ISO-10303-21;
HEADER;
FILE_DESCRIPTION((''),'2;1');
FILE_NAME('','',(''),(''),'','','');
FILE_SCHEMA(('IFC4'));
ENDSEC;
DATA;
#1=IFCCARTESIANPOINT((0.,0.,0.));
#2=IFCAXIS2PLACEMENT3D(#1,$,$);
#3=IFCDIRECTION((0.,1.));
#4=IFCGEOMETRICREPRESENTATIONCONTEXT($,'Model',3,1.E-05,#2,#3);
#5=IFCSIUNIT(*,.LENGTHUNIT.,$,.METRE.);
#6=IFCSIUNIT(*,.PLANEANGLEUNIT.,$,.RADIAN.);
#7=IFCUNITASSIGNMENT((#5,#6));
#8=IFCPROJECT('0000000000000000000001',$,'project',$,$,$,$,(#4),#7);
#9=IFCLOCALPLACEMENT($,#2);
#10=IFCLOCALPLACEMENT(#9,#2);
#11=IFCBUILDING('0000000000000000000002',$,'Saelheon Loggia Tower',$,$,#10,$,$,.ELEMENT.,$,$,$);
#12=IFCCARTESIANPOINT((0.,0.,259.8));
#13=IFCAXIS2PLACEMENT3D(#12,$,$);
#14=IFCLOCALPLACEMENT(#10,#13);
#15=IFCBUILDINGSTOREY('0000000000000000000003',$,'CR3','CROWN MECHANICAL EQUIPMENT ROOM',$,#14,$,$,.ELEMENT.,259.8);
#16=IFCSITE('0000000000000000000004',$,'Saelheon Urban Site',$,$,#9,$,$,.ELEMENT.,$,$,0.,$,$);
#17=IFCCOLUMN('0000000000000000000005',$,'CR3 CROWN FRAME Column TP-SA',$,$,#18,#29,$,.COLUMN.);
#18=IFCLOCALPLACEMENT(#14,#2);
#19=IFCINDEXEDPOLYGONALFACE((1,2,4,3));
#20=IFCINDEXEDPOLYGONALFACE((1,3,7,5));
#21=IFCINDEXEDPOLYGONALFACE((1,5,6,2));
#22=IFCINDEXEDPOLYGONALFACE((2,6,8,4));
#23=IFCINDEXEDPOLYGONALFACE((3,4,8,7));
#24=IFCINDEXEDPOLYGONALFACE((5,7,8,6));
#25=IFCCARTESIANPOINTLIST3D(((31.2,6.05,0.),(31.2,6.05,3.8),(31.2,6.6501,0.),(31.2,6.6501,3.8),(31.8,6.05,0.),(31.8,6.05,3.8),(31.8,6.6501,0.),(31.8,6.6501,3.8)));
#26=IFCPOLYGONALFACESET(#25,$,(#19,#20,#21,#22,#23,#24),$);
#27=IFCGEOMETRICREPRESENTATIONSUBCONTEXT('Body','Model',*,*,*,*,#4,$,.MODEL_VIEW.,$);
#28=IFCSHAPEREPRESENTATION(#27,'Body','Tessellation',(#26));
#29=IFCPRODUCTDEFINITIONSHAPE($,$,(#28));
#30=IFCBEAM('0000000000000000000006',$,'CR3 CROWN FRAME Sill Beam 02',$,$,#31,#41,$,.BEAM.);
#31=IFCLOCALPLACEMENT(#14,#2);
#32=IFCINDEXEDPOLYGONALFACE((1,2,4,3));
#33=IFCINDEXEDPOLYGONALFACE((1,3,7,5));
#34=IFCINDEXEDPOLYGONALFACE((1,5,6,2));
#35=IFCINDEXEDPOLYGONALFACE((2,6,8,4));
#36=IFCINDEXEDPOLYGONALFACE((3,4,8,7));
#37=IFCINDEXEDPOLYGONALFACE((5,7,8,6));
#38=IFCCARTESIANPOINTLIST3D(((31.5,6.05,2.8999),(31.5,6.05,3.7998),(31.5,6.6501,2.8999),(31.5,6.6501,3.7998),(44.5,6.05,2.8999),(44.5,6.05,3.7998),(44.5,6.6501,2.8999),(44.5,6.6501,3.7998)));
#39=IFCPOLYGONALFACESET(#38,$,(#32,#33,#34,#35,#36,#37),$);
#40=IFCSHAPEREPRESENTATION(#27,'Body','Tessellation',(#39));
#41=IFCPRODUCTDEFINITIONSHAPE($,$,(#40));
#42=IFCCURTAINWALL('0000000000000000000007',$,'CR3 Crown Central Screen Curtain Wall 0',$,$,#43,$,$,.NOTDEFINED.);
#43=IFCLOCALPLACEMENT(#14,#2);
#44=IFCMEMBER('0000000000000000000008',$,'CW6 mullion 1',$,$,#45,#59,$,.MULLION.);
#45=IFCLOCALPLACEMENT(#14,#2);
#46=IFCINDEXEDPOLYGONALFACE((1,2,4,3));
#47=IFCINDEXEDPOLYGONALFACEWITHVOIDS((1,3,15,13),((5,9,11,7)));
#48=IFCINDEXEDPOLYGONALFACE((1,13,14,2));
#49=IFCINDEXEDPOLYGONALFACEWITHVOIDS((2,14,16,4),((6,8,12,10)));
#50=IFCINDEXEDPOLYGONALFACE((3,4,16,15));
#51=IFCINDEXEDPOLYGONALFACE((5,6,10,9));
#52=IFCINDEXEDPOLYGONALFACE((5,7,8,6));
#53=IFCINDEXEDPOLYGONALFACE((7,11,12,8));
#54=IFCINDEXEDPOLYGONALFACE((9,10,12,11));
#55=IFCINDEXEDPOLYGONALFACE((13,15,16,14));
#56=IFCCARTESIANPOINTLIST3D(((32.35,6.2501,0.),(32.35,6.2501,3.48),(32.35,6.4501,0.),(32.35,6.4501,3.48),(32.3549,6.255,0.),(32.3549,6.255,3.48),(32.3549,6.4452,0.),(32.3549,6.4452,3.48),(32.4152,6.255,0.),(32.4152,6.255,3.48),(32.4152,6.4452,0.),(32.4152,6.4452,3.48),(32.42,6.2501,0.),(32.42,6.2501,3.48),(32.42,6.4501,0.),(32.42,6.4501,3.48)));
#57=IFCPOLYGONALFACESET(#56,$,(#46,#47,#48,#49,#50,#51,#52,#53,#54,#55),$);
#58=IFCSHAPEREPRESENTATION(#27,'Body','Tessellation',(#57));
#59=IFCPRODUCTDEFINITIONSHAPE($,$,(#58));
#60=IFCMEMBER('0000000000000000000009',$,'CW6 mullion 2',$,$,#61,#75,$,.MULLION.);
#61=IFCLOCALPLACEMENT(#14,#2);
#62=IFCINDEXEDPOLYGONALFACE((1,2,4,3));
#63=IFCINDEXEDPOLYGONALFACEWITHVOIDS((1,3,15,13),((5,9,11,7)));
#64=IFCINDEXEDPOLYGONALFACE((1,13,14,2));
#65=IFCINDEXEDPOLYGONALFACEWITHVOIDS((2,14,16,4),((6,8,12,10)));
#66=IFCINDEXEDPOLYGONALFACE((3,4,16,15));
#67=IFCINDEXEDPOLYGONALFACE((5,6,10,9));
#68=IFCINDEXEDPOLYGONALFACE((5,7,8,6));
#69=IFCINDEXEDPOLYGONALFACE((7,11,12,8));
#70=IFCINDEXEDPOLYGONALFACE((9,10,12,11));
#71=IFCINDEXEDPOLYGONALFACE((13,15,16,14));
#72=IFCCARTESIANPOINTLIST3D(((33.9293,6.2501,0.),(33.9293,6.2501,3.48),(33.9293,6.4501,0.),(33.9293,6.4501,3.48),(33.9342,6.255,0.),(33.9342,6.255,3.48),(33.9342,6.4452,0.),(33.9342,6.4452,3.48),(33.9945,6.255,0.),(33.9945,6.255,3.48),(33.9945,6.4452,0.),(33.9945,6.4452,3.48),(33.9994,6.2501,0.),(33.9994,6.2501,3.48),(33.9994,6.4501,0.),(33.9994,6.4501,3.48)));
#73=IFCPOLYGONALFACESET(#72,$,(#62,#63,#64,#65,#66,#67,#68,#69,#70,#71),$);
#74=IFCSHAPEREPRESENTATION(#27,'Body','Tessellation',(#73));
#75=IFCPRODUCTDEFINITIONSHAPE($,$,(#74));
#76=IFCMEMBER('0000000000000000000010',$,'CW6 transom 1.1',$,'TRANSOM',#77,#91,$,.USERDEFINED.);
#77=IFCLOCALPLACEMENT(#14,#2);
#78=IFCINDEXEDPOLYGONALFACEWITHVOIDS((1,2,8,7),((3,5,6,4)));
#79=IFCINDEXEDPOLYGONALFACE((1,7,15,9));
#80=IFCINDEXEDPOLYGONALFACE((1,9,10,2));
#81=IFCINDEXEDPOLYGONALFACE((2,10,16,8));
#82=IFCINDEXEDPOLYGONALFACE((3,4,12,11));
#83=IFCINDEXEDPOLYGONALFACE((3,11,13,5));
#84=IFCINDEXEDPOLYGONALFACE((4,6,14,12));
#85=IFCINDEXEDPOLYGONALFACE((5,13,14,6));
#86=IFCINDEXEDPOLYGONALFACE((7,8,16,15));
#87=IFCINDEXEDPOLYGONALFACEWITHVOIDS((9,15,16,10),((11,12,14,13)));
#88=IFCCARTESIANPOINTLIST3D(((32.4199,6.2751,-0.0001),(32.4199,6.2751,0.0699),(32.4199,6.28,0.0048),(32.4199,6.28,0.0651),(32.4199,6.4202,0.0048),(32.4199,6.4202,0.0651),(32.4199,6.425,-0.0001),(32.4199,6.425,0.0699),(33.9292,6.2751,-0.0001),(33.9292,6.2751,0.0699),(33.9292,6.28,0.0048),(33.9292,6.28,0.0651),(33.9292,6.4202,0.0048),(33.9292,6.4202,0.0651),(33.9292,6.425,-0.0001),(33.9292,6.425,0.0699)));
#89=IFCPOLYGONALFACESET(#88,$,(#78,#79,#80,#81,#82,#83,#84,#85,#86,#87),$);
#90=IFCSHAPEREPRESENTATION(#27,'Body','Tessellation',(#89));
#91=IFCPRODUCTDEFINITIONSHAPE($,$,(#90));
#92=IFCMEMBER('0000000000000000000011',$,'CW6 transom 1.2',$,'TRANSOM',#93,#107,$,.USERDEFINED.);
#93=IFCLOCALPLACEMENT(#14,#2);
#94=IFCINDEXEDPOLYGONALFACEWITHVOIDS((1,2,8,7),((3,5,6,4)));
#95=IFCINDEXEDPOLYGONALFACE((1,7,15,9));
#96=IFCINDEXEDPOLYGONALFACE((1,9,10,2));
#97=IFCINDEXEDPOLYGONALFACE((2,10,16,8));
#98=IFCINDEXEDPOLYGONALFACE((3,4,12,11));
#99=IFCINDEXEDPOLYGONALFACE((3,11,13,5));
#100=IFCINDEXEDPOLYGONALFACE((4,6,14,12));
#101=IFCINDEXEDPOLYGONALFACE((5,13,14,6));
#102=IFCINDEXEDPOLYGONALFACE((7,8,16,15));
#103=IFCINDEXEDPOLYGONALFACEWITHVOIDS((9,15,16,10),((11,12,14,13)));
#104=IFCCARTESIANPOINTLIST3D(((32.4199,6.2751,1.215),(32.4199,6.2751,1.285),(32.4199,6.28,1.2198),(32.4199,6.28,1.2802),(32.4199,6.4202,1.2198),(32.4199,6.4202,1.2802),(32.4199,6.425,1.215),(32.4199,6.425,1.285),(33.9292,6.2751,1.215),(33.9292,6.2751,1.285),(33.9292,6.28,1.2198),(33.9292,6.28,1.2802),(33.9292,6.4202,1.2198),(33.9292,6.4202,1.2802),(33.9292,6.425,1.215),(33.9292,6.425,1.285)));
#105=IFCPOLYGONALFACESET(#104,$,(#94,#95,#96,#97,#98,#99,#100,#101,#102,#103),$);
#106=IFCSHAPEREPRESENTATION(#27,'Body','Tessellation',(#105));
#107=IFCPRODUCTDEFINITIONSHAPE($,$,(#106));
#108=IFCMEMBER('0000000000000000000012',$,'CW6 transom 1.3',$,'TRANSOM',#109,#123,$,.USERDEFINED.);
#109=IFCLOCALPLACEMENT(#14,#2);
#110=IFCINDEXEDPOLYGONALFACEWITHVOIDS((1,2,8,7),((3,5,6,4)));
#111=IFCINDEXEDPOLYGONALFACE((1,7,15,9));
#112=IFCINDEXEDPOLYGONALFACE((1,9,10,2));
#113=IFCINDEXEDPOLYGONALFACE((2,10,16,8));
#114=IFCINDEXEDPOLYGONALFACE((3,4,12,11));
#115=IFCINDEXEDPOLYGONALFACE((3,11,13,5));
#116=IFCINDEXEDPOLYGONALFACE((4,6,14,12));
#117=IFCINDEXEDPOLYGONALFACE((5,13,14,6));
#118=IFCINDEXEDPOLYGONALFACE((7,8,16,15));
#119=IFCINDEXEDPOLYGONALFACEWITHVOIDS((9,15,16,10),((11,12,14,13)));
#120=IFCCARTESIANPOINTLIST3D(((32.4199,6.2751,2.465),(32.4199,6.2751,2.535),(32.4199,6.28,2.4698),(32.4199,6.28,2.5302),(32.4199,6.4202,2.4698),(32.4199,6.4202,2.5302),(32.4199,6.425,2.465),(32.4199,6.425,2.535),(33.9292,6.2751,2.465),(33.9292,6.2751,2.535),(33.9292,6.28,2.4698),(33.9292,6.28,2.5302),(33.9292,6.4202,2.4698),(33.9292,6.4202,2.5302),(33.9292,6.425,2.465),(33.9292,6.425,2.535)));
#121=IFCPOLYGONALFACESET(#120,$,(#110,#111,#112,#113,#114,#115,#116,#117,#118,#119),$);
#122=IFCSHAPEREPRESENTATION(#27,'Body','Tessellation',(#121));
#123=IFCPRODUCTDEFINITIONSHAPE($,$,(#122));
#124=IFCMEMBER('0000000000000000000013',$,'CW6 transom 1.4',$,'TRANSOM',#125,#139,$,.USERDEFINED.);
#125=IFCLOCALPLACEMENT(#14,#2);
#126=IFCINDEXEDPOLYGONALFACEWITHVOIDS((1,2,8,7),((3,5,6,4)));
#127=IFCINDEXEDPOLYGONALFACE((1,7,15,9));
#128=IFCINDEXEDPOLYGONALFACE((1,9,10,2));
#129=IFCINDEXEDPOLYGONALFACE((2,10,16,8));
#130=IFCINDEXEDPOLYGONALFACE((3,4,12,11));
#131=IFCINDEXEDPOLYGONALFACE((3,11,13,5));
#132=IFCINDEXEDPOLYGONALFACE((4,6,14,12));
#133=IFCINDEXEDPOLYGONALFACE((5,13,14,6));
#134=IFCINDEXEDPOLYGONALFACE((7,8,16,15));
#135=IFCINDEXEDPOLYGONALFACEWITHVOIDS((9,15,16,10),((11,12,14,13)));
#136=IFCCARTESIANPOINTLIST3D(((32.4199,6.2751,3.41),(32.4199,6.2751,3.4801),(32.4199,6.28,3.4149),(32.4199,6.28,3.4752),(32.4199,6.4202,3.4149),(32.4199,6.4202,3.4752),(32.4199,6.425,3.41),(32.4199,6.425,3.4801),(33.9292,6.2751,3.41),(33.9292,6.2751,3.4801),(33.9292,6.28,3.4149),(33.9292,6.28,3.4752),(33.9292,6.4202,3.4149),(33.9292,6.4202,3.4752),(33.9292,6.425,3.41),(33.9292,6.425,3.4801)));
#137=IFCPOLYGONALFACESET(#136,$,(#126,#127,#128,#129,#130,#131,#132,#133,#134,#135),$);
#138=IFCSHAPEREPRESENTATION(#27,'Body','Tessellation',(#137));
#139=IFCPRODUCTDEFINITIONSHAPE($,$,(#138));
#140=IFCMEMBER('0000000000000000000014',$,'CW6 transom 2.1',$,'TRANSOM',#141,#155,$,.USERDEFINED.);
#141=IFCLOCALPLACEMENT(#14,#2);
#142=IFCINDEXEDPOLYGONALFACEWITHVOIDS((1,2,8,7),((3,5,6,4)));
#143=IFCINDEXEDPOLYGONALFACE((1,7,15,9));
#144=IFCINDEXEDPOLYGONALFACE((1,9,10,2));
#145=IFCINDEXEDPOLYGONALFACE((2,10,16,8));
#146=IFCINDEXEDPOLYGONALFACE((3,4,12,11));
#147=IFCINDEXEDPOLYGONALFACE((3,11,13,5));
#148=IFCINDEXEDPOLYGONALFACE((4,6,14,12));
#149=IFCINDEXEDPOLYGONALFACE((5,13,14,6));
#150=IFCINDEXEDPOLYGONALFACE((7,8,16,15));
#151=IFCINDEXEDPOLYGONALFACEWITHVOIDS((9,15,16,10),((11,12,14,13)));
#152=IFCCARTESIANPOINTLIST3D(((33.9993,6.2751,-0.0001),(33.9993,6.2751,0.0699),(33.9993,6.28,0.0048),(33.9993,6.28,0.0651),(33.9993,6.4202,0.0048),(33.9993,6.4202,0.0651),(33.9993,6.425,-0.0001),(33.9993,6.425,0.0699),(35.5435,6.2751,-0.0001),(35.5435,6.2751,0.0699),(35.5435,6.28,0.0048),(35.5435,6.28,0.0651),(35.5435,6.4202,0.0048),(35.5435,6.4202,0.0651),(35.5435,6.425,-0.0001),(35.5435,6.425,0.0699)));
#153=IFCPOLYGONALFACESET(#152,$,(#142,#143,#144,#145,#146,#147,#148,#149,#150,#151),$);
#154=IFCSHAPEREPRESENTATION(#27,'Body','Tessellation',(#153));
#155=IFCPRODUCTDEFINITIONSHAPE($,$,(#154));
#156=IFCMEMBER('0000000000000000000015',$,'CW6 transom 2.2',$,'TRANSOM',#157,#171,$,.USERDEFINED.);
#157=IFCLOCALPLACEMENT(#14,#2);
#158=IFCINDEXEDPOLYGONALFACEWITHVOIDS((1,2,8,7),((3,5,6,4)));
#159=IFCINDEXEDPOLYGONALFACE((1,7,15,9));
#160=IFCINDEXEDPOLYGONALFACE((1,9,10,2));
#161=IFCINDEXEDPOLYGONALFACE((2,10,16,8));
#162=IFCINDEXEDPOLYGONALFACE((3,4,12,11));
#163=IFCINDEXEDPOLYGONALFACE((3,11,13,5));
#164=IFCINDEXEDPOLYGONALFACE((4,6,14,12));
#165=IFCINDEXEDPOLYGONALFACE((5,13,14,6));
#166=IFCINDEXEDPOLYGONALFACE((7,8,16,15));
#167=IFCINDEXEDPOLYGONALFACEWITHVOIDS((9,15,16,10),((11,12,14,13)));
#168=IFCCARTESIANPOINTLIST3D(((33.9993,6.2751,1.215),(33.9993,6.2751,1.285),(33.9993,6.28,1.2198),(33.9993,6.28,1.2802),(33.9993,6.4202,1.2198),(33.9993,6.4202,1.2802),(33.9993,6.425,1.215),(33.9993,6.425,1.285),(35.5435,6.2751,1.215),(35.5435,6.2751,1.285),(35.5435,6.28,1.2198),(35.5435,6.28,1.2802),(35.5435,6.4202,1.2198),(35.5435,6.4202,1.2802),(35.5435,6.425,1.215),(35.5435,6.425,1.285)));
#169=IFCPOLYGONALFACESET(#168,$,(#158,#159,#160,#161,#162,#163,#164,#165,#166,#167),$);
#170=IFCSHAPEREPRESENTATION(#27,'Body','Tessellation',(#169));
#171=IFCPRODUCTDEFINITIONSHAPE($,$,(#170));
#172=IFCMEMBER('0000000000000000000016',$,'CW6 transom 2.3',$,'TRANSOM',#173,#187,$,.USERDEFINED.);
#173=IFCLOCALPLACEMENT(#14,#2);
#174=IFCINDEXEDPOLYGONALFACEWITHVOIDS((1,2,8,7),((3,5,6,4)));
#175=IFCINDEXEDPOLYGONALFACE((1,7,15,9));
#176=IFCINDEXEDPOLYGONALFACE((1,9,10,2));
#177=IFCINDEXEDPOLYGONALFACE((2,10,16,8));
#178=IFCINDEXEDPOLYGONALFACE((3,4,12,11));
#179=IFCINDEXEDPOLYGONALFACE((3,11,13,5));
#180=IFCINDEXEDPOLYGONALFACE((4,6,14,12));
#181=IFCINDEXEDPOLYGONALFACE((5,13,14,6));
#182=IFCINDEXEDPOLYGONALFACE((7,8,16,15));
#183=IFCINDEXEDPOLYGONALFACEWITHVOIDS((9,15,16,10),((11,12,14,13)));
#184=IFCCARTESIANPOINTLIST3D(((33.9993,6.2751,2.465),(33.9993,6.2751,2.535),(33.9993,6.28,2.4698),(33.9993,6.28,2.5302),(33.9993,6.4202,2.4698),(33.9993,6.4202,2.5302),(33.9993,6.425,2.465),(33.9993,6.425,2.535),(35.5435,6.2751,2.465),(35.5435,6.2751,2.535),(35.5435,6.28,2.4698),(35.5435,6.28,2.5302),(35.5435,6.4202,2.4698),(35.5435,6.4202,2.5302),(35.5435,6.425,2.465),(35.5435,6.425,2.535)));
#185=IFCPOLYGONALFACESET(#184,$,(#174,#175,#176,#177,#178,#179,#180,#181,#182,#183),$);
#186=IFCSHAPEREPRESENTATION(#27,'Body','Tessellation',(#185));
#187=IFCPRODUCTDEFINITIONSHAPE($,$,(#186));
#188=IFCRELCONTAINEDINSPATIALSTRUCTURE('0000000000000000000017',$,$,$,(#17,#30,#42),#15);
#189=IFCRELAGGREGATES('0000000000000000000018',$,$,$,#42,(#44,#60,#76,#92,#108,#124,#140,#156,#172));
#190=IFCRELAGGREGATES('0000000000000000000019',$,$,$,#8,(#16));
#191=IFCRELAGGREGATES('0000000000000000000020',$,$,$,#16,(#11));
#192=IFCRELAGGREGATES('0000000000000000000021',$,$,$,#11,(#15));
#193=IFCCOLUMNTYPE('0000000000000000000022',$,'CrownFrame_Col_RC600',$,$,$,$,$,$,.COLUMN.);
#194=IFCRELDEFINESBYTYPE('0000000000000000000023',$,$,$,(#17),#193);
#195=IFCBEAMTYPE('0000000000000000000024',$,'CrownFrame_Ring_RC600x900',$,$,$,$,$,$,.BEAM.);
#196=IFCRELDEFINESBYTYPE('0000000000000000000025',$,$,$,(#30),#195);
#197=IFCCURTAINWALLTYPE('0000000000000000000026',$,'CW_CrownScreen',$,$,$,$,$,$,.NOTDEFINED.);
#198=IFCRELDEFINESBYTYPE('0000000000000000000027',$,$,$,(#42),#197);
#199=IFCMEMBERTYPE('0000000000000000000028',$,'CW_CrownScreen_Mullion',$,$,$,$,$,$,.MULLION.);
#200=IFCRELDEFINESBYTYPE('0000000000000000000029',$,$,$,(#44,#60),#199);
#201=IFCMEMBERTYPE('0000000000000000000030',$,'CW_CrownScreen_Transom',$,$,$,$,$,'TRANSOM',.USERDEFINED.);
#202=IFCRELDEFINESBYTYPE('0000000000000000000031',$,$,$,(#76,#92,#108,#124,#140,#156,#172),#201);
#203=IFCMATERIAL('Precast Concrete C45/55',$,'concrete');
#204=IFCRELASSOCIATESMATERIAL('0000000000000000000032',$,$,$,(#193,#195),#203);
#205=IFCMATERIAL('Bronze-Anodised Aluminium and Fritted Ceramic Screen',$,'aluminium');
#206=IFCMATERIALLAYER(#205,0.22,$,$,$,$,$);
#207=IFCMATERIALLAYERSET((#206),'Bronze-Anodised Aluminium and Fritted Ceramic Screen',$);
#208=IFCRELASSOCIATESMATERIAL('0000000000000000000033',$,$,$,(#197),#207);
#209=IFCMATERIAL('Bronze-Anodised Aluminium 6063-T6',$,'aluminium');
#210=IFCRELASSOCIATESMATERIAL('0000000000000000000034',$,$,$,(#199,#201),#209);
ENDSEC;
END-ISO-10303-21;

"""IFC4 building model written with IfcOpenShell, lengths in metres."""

from ifc_helpers import new_model, si_unit, direction, frame, origin, origin_2d, place, context, subcontext, project, spatial, rectangle, hollow_rectangle, extrude, source, transform, mapped, material, layer, layer_set, material_profile, profile_set, type_object, element, aggregate, save


model = new_model("IFC4")

# Units and contexts
model_context = context("Model", 3, precision=1e-05, world=origin(), true_north=direction((0.0, 1.0)))
body_context = subcontext(model_context, "Body", "Model", "MODEL_VIEW")
ifc_project = project(units=[si_unit("LENGTHUNIT", "METRE"), si_unit("PLANEANGLEUNIT", "RADIAN")], contexts=[model_context])

# Site, building, storey
site_placement = place(None, origin())
site = spatial("IfcSite", under=ifc_project, at=site_placement, Name="Saelheon Urban Site", CompositionType="ELEMENT", RefElevation=0.0)
building_placement = place(site_placement, origin())
building = spatial("IfcBuilding", under=site, at=building_placement, Name="Saelheon Loggia Tower", CompositionType="ELEMENT")
storey_placement = place(building_placement, frame((0.0, 0.0, 259.8)))
storey = spatial("IfcBuildingStorey", under=building, at=storey_placement, Name="CR3", Description="CROWN MECHANICAL EQUIPMENT ROOM", CompositionType="ELEMENT", Elevation=259.8)

# Column
ifc_material_1 = material(Name="Precast Concrete C45/55", Category="concrete")
ifc_material_profile_1 = material_profile(ifc_material_1, rectangle(XDim=0.6001, YDim=0.6001, at=origin_2d()), Name="RC-600x600")
ifc_profile_set_1 = profile_set([ifc_material_profile_1], Name="Precast Concrete C45/55")
column_type = type_object("IfcColumnType", Name="CrownFrame_Col_RC600", PredefinedType="COLUMN", material=ifc_profile_set_1)
shared_shape_1 = source(origin(), body_context, "Body", "SweptSolid", [
    extrude(rectangle(XDim=0.6001, YDim=0.6001, at=origin_2d()), origin(), (0.0, 0.0, 1.0), 3.8),
])
column_placement = place(storey_placement, frame((31.5, 6.3501, 0.0), z_axis=(0.0, 0.0, 1.0), x_axis=(1.0, 0.0, 0.0)))
element("IfcColumn", 1, at=column_placement, inside=storey, type_object=column_type, Name="CR3 CROWN FRAME Column TP-SA", PredefinedType="COLUMN", context=body_context, shape_type="MappedRepresentation", body=[
    mapped(shared_shape_1, transform((0.0, 0.0, 0.0), scale=1.0)),
])

# Beam
ifc_material_profile_2 = material_profile(ifc_material_1, rectangle(XDim=0.6001, YDim=0.8999, at=origin_2d()), Name="RC-600x900")
ifc_profile_set_2 = profile_set([ifc_material_profile_2], Name="Precast Concrete C45/55")
beam_type = type_object("IfcBeamType", Name="CrownFrame_Ring_RC600x900", PredefinedType="BEAM", material=ifc_profile_set_2)
shared_shape_2 = source(origin(), body_context, "Body", "SweptSolid", [
    extrude(rectangle(XDim=0.6001, YDim=0.8999, at=origin_2d()), origin(), (0.0, 0.0, 1.0), 13.0),
])
beam_placement = place(storey_placement, frame((31.5, 6.3501, 3.3499), z_axis=(1.0, 0.0, 0.0), x_axis=(0.0, 1.0, 0.0)))
element("IfcBeam", 2, at=beam_placement, inside=storey, type_object=beam_type, Name="CR3 CROWN FRAME Sill Beam 02", PredefinedType="BEAM", context=body_context, shape_type="MappedRepresentation", body=[
    mapped(shared_shape_2, transform((0.0, 0.0, 0.0), scale=1.0)),
])

# Curtain wall, members
ifc_material_2 = material(Name="Bronze-Anodised Aluminium and Fritted Ceramic Screen", Category="aluminium")
ifc_layer_1 = layer(ifc_material_2, 0.22)
ifc_layer_set_1 = layer_set([ifc_layer_1], Name="Bronze-Anodised Aluminium and Fritted Ceramic Screen")
curtain_wall_type = type_object("IfcCurtainWallType", Name="CW_CrownScreen", PredefinedType="NOTDEFINED", material=ifc_layer_set_1)
curtain_wall_placement = place(storey_placement, origin())
curtain_wall = element("IfcCurtainWall", 3, at=curtain_wall_placement, inside=storey, type_object=curtain_wall_type, Name="CR3 Crown Central Screen Curtain Wall 0", PredefinedType="NOTDEFINED")
ifc_material_3 = material(Name="Bronze-Anodised Aluminium 6063-T6", Category="aluminium")
ifc_material_profile_3 = material_profile(ifc_material_3, hollow_rectangle(XDim=0.0701, YDim=0.2, WallThickness=0.0049, at=origin_2d()), Name="RHS-200x70x5")
ifc_profile_set_3 = profile_set([ifc_material_profile_3], Name="Bronze-Anodised Aluminium 6063-T6")
member_type_1 = type_object("IfcMemberType", Name="CW_CrownScreen_Mullion", PredefinedType="MULLION", material=ifc_profile_set_3)
shared_shape_3 = source(origin(), body_context, "Body", "SweptSolid", [
    extrude(hollow_rectangle(XDim=0.0701, YDim=0.2, WallThickness=0.0049, at=origin_2d()), origin(), (0.0, 0.0, 1.0), 3.48),
])
member_1_placement = place(storey_placement, frame((32.385, 6.3501, 0.0), z_axis=(0.0, 0.0, 1.0), x_axis=(1.0, 0.0, 0.0)))
member_1 = element("IfcMember", 4, at=member_1_placement, type_object=member_type_1, Name="CW6 mullion 1", PredefinedType="MULLION", context=body_context, shape_type="MappedRepresentation", body=[
    mapped(shared_shape_3, transform((0.0, 0.0, 0.0), scale=1.0)),
])
member_2_placement = place(storey_placement, frame((33.9644, 6.3501, 0.0), z_axis=(0.0, 0.0, 1.0), x_axis=(1.0, 0.0, 0.0)))
member_2 = element("IfcMember", 5, at=member_2_placement, type_object=member_type_1, Name="CW6 mullion 2", PredefinedType="MULLION", context=body_context, shape_type="MappedRepresentation", body=[
    mapped(shared_shape_3, transform((0.0, 0.0, 0.0), scale=1.0)),
])
ifc_material_profile_4 = material_profile(ifc_material_3, hollow_rectangle(XDim=0.0701, YDim=0.1499, WallThickness=0.0049, at=origin_2d()), Name="RHS-150x70x5")
ifc_profile_set_4 = profile_set([ifc_material_profile_4], Name="Bronze-Anodised Aluminium 6063-T6")
member_type_2 = type_object("IfcMemberType", Name="CW_CrownScreen_Transom", ElementType="TRANSOM", PredefinedType="USERDEFINED", material=ifc_profile_set_4)
shared_shape_4 = source(origin(), body_context, "Body", "SweptSolid", [
    extrude(hollow_rectangle(XDim=0.0701, YDim=0.1499, WallThickness=0.0049, at=origin_2d()), origin(), (0.0, 0.0, 1.0), 1.5093),
])
member_3_placement = place(storey_placement, frame((32.4199, 6.3501, 0.0349), z_axis=(1.0, 0.0, 0.0), x_axis=(0.0, 0.0, 1.0)))
member_3 = element("IfcMember", 6, at=member_3_placement, type_object=member_type_2, Name="CW6 transom 1.1", ObjectType="TRANSOM", PredefinedType="USERDEFINED", context=body_context, shape_type="MappedRepresentation", body=[
    mapped(shared_shape_4, transform((0.0, 0.0, 0.0), scale=1.0)),
])
member_4_placement = place(storey_placement, frame((32.4199, 6.3501, 1.25), z_axis=(1.0, 0.0, 0.0), x_axis=(0.0, 0.0, 1.0)))
member_4 = element("IfcMember", 7, at=member_4_placement, type_object=member_type_2, Name="CW6 transom 1.2", ObjectType="TRANSOM", PredefinedType="USERDEFINED", context=body_context, shape_type="MappedRepresentation", body=[
    mapped(shared_shape_4, transform((0.0, 0.0, 0.0), scale=1.0)),
])
member_5_placement = place(storey_placement, frame((32.4199, 6.3501, 2.5), z_axis=(1.0, 0.0, 0.0), x_axis=(0.0, 0.0, 1.0)))
member_5 = element("IfcMember", 8, at=member_5_placement, type_object=member_type_2, Name="CW6 transom 1.3", ObjectType="TRANSOM", PredefinedType="USERDEFINED", context=body_context, shape_type="MappedRepresentation", body=[
    mapped(shared_shape_4, transform((0.0, 0.0, 0.0), scale=1.0)),
])
member_6_placement = place(storey_placement, frame((32.4199, 6.3501, 3.4451), z_axis=(1.0, 0.0, 0.0), x_axis=(0.0, 0.0, 1.0)))
member_6 = element("IfcMember", 9, at=member_6_placement, type_object=member_type_2, Name="CW6 transom 1.4", ObjectType="TRANSOM", PredefinedType="USERDEFINED", context=body_context, shape_type="MappedRepresentation", body=[
    mapped(shared_shape_4, transform((0.0, 0.0, 0.0), scale=1.0)),
])
shared_shape_5 = source(origin(), body_context, "Body", "SweptSolid", [
    extrude(hollow_rectangle(XDim=0.0701, YDim=0.1499, WallThickness=0.0049, at=origin_2d()), origin(), (0.0, 0.0, 1.0), 1.5442),
])
member_7_placement = place(storey_placement, frame((33.9993, 6.3501, 0.0349), z_axis=(1.0, 0.0, 0.0), x_axis=(0.0, 0.0, 1.0)))
member_7 = element("IfcMember", 10, at=member_7_placement, type_object=member_type_2, Name="CW6 transom 2.1", ObjectType="TRANSOM", PredefinedType="USERDEFINED", context=body_context, shape_type="MappedRepresentation", body=[
    mapped(shared_shape_5, transform((0.0, 0.0, 0.0), scale=1.0)),
])
member_8_placement = place(storey_placement, frame((33.9993, 6.3501, 1.25), z_axis=(1.0, 0.0, 0.0), x_axis=(0.0, 0.0, 1.0)))
member_8 = element("IfcMember", 11, at=member_8_placement, type_object=member_type_2, Name="CW6 transom 2.2", ObjectType="TRANSOM", PredefinedType="USERDEFINED", context=body_context, shape_type="MappedRepresentation", body=[
    mapped(shared_shape_5, transform((0.0, 0.0, 0.0), scale=1.0)),
])
member_9_placement = place(storey_placement, frame((33.9993, 6.3501, 2.5), z_axis=(1.0, 0.0, 0.0), x_axis=(0.0, 0.0, 1.0)))
member_9 = element("IfcMember", 12, at=member_9_placement, type_object=member_type_2, Name="CW6 transom 2.3", ObjectType="TRANSOM", PredefinedType="USERDEFINED", context=body_context, shape_type="MappedRepresentation", body=[
    mapped(shared_shape_5, transform((0.0, 0.0, 0.0), scale=1.0)),
])
aggregate(curtain_wall, [member_1, member_2, member_3, member_4, member_5, member_6, member_7, member_8, member_9])

save(model, "model.ifc")
